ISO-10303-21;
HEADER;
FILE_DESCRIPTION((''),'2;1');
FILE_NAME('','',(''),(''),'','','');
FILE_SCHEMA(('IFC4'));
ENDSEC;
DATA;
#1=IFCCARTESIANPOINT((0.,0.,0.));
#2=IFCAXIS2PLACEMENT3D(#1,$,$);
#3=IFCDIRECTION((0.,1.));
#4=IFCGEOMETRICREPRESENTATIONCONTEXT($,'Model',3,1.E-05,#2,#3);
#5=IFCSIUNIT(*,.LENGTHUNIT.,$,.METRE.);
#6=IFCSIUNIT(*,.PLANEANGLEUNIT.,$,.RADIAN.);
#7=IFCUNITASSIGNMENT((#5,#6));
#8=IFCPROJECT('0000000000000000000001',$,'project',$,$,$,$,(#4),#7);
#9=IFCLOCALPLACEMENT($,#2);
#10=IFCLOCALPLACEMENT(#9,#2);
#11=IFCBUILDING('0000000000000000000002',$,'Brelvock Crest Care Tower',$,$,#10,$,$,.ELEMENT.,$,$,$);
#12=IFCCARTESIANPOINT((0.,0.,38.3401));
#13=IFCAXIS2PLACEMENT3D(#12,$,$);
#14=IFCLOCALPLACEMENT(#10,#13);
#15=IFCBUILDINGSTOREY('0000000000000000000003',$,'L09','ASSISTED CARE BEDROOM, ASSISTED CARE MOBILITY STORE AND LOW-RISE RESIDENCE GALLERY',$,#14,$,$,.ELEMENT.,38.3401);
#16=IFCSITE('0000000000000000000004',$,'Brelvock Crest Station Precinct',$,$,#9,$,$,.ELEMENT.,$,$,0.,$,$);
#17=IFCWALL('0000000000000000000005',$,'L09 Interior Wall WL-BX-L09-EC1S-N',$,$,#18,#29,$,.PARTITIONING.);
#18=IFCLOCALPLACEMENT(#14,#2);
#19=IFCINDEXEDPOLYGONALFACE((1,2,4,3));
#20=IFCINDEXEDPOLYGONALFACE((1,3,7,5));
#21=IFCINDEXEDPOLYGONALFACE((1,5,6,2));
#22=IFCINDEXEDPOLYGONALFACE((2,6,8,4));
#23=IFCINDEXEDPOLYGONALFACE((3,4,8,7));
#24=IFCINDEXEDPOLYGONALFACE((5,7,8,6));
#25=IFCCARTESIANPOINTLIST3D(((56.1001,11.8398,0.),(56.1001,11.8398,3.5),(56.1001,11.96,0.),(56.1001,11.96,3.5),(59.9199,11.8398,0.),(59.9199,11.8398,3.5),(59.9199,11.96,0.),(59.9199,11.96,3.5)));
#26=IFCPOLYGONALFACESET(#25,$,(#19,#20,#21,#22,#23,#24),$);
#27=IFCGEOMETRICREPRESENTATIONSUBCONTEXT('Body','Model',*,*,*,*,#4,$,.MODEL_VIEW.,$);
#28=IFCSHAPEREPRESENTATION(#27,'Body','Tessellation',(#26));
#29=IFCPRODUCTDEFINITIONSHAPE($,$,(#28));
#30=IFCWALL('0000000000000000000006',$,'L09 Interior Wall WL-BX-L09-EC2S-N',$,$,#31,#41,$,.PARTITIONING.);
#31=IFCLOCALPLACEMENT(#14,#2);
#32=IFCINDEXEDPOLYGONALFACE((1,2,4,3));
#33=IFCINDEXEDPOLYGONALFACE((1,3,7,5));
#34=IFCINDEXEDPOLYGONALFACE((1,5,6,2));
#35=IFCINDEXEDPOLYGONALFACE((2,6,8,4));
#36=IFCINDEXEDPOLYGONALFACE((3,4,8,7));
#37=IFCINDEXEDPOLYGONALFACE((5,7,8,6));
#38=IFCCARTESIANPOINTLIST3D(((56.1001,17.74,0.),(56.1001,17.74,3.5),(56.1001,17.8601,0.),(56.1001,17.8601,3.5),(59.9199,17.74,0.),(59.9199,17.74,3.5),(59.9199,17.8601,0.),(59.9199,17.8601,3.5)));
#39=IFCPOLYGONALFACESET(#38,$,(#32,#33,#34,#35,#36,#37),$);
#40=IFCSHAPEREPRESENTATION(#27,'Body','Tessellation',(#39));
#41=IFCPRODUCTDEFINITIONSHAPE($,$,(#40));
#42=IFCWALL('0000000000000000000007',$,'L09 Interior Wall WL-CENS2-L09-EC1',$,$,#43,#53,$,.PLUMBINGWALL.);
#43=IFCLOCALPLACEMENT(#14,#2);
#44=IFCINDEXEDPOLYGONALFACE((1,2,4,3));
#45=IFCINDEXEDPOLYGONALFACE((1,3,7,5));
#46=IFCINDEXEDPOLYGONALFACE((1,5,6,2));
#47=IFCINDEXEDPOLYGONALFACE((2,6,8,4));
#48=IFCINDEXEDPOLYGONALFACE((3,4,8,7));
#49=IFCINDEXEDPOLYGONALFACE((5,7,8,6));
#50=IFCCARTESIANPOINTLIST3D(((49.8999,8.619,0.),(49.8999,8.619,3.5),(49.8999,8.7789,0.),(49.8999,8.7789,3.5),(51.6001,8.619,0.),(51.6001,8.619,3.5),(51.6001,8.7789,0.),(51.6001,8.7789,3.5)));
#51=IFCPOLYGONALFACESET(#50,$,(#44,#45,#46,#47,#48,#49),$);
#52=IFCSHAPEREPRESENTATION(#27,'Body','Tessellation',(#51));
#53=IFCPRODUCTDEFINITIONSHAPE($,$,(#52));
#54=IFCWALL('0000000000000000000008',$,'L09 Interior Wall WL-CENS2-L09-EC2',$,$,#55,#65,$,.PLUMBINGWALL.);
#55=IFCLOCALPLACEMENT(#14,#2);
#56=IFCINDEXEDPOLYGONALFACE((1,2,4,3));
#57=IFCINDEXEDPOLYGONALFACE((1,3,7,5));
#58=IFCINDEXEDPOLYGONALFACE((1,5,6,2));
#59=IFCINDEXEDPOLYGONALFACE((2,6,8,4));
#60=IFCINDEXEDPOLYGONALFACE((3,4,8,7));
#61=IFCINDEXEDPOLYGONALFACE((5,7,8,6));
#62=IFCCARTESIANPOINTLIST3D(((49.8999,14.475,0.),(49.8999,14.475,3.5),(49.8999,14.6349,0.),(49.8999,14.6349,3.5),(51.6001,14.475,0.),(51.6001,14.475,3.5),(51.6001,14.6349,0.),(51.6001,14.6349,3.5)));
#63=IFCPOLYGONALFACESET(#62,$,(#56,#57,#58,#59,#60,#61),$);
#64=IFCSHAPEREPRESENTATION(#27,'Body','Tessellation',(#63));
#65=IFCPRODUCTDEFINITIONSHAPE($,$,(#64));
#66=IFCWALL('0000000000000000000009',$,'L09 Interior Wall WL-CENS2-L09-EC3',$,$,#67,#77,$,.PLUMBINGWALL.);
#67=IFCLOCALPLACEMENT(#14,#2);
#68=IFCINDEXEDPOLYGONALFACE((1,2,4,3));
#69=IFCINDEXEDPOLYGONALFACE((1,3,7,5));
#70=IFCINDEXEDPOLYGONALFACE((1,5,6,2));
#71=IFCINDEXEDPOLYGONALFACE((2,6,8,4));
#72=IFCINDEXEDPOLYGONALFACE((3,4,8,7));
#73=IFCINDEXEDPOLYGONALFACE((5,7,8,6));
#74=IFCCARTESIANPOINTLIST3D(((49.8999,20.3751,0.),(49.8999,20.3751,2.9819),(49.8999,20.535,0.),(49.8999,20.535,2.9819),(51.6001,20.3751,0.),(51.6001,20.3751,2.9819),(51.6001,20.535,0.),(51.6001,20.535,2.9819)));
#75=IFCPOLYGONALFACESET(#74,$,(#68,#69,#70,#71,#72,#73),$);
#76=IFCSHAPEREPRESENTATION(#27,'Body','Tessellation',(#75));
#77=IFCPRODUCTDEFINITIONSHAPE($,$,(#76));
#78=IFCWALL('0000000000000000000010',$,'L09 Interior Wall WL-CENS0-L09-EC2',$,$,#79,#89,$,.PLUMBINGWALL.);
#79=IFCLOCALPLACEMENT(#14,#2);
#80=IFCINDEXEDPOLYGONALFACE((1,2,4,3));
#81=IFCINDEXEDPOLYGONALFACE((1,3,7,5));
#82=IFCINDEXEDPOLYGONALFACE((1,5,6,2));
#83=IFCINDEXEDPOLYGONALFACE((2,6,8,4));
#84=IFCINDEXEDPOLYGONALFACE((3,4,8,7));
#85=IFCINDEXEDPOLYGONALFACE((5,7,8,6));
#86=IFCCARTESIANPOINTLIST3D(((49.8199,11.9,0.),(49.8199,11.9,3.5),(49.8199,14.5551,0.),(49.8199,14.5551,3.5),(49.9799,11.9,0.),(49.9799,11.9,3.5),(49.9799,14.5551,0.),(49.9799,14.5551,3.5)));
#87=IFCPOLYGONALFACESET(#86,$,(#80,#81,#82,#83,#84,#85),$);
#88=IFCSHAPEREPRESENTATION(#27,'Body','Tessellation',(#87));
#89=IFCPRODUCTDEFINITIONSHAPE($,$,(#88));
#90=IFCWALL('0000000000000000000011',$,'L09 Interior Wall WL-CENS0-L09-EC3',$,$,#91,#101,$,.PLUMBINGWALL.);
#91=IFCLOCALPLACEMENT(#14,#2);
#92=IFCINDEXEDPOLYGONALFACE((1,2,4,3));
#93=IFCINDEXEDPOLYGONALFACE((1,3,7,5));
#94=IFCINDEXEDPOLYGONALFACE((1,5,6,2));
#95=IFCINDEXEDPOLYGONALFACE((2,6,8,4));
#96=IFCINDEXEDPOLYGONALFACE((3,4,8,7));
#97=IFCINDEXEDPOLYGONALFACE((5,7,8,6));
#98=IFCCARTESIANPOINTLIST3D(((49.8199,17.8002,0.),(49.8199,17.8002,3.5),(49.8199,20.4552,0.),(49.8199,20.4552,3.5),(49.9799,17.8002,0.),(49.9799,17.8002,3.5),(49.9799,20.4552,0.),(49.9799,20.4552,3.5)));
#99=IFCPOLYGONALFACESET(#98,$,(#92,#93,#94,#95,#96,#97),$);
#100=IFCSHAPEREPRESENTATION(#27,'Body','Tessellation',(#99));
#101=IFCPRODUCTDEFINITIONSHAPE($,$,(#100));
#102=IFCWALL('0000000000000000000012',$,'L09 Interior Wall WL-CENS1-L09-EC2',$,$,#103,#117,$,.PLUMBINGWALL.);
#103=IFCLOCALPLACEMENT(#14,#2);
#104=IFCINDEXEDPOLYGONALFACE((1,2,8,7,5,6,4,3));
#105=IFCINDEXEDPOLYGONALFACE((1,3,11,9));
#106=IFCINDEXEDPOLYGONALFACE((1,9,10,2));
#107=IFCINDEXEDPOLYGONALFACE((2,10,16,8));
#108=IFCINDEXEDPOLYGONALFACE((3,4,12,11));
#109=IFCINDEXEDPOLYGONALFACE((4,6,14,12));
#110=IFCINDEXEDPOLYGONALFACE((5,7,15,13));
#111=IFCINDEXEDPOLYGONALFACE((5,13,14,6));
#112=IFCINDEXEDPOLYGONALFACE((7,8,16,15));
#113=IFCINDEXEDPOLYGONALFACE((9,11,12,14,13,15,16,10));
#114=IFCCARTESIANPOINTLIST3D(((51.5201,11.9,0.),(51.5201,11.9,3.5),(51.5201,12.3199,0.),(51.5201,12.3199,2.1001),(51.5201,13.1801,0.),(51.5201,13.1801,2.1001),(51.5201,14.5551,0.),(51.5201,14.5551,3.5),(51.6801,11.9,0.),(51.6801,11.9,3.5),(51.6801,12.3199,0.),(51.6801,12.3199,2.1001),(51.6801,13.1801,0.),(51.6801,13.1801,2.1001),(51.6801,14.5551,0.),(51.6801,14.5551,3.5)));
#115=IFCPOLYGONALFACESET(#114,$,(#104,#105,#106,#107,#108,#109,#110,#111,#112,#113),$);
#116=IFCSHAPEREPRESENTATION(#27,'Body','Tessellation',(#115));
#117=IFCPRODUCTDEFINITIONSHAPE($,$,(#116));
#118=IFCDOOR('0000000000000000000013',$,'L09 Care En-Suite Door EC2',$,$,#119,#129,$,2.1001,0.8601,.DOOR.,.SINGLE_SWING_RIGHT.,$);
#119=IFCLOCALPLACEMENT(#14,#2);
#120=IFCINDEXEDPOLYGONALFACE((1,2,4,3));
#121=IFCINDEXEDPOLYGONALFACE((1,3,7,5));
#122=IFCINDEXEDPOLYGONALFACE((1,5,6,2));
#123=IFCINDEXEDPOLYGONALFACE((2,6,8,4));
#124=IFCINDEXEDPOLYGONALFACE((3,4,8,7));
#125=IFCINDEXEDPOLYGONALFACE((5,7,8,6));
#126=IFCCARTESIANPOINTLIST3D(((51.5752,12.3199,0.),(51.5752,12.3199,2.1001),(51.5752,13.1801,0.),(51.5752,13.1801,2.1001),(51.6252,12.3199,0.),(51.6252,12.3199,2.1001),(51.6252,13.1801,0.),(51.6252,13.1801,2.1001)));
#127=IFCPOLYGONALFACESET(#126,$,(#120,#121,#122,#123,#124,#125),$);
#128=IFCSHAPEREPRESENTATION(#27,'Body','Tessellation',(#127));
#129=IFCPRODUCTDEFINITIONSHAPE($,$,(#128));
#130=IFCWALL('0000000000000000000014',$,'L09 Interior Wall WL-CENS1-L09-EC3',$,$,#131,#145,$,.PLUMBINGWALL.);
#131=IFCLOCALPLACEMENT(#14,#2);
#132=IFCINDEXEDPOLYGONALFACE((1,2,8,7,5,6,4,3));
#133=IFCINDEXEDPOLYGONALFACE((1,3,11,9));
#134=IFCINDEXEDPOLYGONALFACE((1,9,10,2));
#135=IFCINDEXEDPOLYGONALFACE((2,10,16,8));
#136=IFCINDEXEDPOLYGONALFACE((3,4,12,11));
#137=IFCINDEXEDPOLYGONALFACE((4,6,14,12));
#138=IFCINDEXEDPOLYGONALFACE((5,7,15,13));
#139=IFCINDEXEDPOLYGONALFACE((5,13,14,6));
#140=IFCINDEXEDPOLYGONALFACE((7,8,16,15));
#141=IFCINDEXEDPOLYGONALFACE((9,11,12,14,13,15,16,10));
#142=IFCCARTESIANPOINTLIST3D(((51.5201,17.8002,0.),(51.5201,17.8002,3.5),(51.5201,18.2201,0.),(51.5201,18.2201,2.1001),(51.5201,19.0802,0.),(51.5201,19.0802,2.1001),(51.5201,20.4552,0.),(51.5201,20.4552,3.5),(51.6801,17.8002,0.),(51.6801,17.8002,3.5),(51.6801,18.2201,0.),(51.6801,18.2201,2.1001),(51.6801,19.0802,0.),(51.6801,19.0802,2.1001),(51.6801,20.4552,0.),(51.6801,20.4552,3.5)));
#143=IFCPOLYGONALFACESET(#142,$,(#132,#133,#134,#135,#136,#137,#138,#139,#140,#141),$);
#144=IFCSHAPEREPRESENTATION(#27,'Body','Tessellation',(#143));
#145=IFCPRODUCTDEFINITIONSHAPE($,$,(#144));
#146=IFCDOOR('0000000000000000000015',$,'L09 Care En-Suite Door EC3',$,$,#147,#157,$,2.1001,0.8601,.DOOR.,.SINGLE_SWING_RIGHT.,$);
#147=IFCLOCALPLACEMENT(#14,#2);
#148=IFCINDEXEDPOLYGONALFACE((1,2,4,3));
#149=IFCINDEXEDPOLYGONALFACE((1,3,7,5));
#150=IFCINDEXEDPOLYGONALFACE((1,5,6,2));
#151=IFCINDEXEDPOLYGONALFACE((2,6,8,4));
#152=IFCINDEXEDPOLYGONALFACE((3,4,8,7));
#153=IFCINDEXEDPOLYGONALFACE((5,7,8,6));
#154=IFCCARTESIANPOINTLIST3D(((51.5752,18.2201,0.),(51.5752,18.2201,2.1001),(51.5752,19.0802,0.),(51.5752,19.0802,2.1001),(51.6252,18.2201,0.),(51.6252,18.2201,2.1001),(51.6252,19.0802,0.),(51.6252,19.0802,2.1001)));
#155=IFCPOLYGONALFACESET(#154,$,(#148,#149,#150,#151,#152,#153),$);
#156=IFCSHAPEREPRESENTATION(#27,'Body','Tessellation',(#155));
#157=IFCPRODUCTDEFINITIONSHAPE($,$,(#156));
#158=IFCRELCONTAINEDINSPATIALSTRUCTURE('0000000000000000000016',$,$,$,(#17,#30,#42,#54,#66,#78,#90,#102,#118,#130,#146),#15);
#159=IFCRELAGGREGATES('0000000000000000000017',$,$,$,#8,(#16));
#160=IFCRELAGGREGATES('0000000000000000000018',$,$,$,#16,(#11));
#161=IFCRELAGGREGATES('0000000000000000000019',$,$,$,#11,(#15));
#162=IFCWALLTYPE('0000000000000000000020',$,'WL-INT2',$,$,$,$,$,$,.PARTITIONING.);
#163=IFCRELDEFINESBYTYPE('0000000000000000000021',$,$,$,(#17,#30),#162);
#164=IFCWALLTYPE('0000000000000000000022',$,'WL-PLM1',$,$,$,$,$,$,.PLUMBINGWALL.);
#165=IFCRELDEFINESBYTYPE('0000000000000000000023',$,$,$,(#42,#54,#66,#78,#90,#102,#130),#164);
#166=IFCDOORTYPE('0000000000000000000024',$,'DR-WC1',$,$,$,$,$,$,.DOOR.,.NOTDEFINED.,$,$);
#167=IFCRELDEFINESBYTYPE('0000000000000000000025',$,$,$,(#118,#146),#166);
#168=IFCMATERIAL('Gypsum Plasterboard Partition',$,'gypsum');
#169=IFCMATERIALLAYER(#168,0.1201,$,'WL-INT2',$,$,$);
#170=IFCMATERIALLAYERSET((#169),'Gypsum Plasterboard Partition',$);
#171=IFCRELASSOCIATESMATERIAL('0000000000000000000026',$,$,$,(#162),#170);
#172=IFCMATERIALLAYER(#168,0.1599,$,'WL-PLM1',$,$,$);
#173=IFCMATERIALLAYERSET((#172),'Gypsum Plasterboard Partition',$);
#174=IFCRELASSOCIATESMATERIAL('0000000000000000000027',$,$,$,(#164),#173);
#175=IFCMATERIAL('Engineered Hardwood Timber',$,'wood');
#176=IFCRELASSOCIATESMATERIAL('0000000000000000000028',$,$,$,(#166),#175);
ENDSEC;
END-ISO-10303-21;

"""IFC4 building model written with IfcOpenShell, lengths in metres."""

from ifc_helpers import new_model, si_unit, direction, frame, frame_2d, origin, origin_2d, place, context, subcontext, project, spatial, rectangle, extrude, source, transform, mapped, material, layer, layer_set, type_object, element, fill, save


model = new_model("IFC4")

# Units and contexts
model_context = context("Model", 3, precision=1e-05, world=origin(), true_north=direction((0.0, 1.0)))
body_context = subcontext(model_context, "Body", "Model", "MODEL_VIEW")
ifc_project = project(units=[si_unit("LENGTHUNIT", "METRE"), si_unit("PLANEANGLEUNIT", "RADIAN")], contexts=[model_context])

# Site, building, storey
site_placement = place(None, origin())
site = spatial("IfcSite", under=ifc_project, at=site_placement, Name="Brelvock Crest Station Precinct", CompositionType="ELEMENT", RefElevation=0.0)
building_placement = place(site_placement, origin())
building = spatial("IfcBuilding", under=site, at=building_placement, Name="Brelvock Crest Care Tower", CompositionType="ELEMENT")
storey_placement = place(building_placement, frame((0.0, 0.0, 38.3401)))
storey = spatial("IfcBuildingStorey", under=building, at=storey_placement, Name="L09", Description="ASSISTED CARE BEDROOM, ASSISTED CARE MOBILITY STORE AND LOW-RISE RESIDENCE GALLERY", CompositionType="ELEMENT", Elevation=38.3401)

# Shared definitions
ifc_material_1 = material(Name="Engineered Hardwood Timber", Category="wood")

# Walls
ifc_material_2 = material(Name="Gypsum Plasterboard Partition", Category="gypsum")
ifc_layer_1 = layer(ifc_material_2, 0.1201, Name="WL-INT2")
ifc_layer_set_1 = layer_set([ifc_layer_1], Name="Gypsum Plasterboard Partition")
wall_type_1 = type_object("IfcWallType", Name="WL-INT2", PredefinedType="PARTITIONING", material=ifc_layer_set_1)
for number, where, z_axis, x_axis, name in (
    (1, (56.1001, 11.8999, 0.0), (0.0, 0.0, 1.0), (1.0, 0.0, 0.0), "L09 Interior Wall WL-BX-L09-EC1S-N"),
    (2, (56.1001, 17.8, 0.0), (0.0, 0.0, 1.0), (1.0, 0.0, 0.0), "L09 Interior Wall WL-BX-L09-EC2S-N"),
):
    element("IfcWall", number, at=place(storey_placement, frame(where, z_axis=z_axis, x_axis=x_axis)), inside=storey, type_object=wall_type_1, Name=name, PredefinedType="PARTITIONING", context=body_context, shape_type="SweptSolid", body=[
        extrude(rectangle(XDim=3.8198, YDim=0.1201, at=frame_2d((1.9099, 0.0))), origin(), (0.0, 0.0, 1.0), 3.5),
    ])
ifc_layer_2 = layer(ifc_material_2, 0.1599, Name="WL-PLM1")
ifc_layer_set_2 = layer_set([ifc_layer_2], Name="Gypsum Plasterboard Partition")
wall_type_2 = type_object("IfcWallType", Name="WL-PLM1", PredefinedType="PLUMBINGWALL", material=ifc_layer_set_2)
for number, where, z_axis, x_axis, name in (
    (3, (49.8999, 8.699, 0.0), (0.0, 0.0, 1.0), (1.0, 0.0, 0.0), "L09 Interior Wall WL-CENS2-L09-EC1"),
    (4, (49.8999, 14.5549, 0.0), (0.0, 0.0, 1.0), (1.0, 0.0, 0.0), "L09 Interior Wall WL-CENS2-L09-EC2"),
):
    element("IfcWall", number, at=place(storey_placement, frame(where, z_axis=z_axis, x_axis=x_axis)), inside=storey, type_object=wall_type_2, Name=name, PredefinedType="PLUMBINGWALL", context=body_context, shape_type="SweptSolid", body=[
        extrude(rectangle(XDim=1.7002, YDim=0.1599, at=frame_2d((0.8501, 0.0))), origin(), (0.0, 0.0, 1.0), 3.5),
    ])
wall_1_placement = place(storey_placement, frame((49.8999, 20.4551, 0.0), z_axis=(0.0, 0.0, 1.0), x_axis=(1.0, 0.0, 0.0)))
element("IfcWall", 5, at=wall_1_placement, inside=storey, type_object=wall_type_2, Name="L09 Interior Wall WL-CENS2-L09-EC3", PredefinedType="PLUMBINGWALL", context=body_context, shape_type="SweptSolid", body=[
    extrude(rectangle(XDim=1.7002, YDim=0.1599, at=frame_2d((0.8501, 0.0))), origin(), (0.0, 0.0, 1.0), 2.9819),
])
for number, where, z_axis, x_axis, name in (
    (6, (49.8999, 11.8999, 0.0), (0.0, 0.0, 1.0), (0.0, 1.0, 0.0), "L09 Interior Wall WL-CENS0-L09-EC2"),
    (7, (49.8999, 17.8, 0.0), (0.0, 0.0, 1.0), (0.0, 1.0, 0.0), "L09 Interior Wall WL-CENS0-L09-EC3"),
):
    element("IfcWall", number, at=place(storey_placement, frame(where, z_axis=z_axis, x_axis=x_axis)), inside=storey, type_object=wall_type_2, Name=name, PredefinedType="PLUMBINGWALL", context=body_context, shape_type="SweptSolid", body=[
        extrude(rectangle(XDim=2.655, YDim=0.1599, at=frame_2d((1.3276, 0.0))), origin(), (0.0, 0.0, 1.0), 3.5),
    ])

# Walls, openings, doors
wall_2_placement = place(storey_placement, frame((51.6001, 11.8999, 0.0), z_axis=(0.0, 0.0, 1.0), x_axis=(0.0, 1.0, 0.0)))
wall_2 = element("IfcWall", 8, at=wall_2_placement, inside=storey, type_object=wall_type_2, Name="L09 Interior Wall WL-CENS1-L09-EC2", PredefinedType="PLUMBINGWALL", context=body_context, shape_type="SweptSolid", body=[
    extrude(rectangle(XDim=2.655, YDim=0.1599, at=frame_2d((1.3276, 0.0))), origin(), (0.0, 0.0, 1.0), 3.5),
])
opening_1_placement = place(wall_2_placement, frame((0.4199, 0.0, 0.0)))
opening_1 = element("IfcOpeningElement", 9, at=opening_1_placement, cuts=wall_2, PredefinedType="OPENING", context=body_context, shape_type="SweptSolid", body=[
    extrude(rectangle(XDim=0.8601, YDim=2.1001, at=origin_2d()), frame((0.4302, 0.0898, 1.05), z_axis=(0.0, -1.0, 0.0), x_axis=(1.0, 0.0, 0.0)), (0.0, 0.0, 1.0), 0.1799),
])
door_type_1 = type_object("IfcDoorType", Name="DR-WC1", OperationType="NOTDEFINED", PredefinedType="DOOR", material=ifc_material_1)
shared_shape_1 = source(origin(), body_context, "Body", "SweptSolid", [
    extrude(rectangle(XDim=0.8601, YDim=2.1001, at=origin_2d()), frame((0.4302, 0.0249, 1.05), z_axis=(0.0, -1.0, 0.0), x_axis=(1.0, 0.0, 0.0)), (0.0, 0.0, 1.0), 0.05),
])
door_1_placement = place(opening_1_placement, origin())
door_1 = element("IfcDoor", 10, at=door_1_placement, inside=storey, type_object=door_type_1, Name="L09 Care En-Suite Door EC2", OperationType="SINGLE_SWING_RIGHT", OverallHeight=2.1001, OverallWidth=0.8601, PredefinedType="DOOR", context=body_context, shape_type="MappedRepresentation", body=[
    mapped(shared_shape_1, transform((0.0, 0.0, 0.0), x_axis=(1.0, 0.0, 0.0), y_axis=(0.0, 1.0, 0.0), z_axis=(0.0, 0.0, 1.0), scale=1.0)),
])
fill(opening_1, door_1)
wall_3_placement = place(storey_placement, frame((51.6001, 17.8, 0.0), z_axis=(0.0, 0.0, 1.0), x_axis=(0.0, 1.0, 0.0)))
wall_3 = element("IfcWall", 11, at=wall_3_placement, inside=storey, type_object=wall_type_2, Name="L09 Interior Wall WL-CENS1-L09-EC3", PredefinedType="PLUMBINGWALL", context=body_context, shape_type="SweptSolid", body=[
    extrude(rectangle(XDim=2.655, YDim=0.1599, at=frame_2d((1.3276, 0.0))), origin(), (0.0, 0.0, 1.0), 3.5),
])
opening_2_placement = place(wall_3_placement, frame((0.4199, 0.0, 0.0)))
opening_2 = element("IfcOpeningElement", 12, at=opening_2_placement, cuts=wall_3, PredefinedType="OPENING", context=body_context, shape_type="SweptSolid", body=[
    extrude(rectangle(XDim=0.8601, YDim=2.1001, at=origin_2d()), frame((0.4302, 0.0898, 1.05), z_axis=(0.0, -1.0, 0.0), x_axis=(1.0, 0.0, 0.0)), (0.0, 0.0, 1.0), 0.1799),
])
door_2_placement = place(opening_2_placement, origin())
door_2 = element("IfcDoor", 13, at=door_2_placement, inside=storey, type_object=door_type_1, Name="L09 Care En-Suite Door EC3", OperationType="SINGLE_SWING_RIGHT", OverallHeight=2.1001, OverallWidth=0.8601, PredefinedType="DOOR", context=body_context, shape_type="MappedRepresentation", body=[
    mapped(shared_shape_1, transform((0.0, 0.0, 0.0), x_axis=(1.0, 0.0, 0.0), y_axis=(0.0, 1.0, 0.0), z_axis=(0.0, 0.0, 1.0), scale=1.0)),
])
fill(opening_2, door_2)

save(model, "model.ifc")
